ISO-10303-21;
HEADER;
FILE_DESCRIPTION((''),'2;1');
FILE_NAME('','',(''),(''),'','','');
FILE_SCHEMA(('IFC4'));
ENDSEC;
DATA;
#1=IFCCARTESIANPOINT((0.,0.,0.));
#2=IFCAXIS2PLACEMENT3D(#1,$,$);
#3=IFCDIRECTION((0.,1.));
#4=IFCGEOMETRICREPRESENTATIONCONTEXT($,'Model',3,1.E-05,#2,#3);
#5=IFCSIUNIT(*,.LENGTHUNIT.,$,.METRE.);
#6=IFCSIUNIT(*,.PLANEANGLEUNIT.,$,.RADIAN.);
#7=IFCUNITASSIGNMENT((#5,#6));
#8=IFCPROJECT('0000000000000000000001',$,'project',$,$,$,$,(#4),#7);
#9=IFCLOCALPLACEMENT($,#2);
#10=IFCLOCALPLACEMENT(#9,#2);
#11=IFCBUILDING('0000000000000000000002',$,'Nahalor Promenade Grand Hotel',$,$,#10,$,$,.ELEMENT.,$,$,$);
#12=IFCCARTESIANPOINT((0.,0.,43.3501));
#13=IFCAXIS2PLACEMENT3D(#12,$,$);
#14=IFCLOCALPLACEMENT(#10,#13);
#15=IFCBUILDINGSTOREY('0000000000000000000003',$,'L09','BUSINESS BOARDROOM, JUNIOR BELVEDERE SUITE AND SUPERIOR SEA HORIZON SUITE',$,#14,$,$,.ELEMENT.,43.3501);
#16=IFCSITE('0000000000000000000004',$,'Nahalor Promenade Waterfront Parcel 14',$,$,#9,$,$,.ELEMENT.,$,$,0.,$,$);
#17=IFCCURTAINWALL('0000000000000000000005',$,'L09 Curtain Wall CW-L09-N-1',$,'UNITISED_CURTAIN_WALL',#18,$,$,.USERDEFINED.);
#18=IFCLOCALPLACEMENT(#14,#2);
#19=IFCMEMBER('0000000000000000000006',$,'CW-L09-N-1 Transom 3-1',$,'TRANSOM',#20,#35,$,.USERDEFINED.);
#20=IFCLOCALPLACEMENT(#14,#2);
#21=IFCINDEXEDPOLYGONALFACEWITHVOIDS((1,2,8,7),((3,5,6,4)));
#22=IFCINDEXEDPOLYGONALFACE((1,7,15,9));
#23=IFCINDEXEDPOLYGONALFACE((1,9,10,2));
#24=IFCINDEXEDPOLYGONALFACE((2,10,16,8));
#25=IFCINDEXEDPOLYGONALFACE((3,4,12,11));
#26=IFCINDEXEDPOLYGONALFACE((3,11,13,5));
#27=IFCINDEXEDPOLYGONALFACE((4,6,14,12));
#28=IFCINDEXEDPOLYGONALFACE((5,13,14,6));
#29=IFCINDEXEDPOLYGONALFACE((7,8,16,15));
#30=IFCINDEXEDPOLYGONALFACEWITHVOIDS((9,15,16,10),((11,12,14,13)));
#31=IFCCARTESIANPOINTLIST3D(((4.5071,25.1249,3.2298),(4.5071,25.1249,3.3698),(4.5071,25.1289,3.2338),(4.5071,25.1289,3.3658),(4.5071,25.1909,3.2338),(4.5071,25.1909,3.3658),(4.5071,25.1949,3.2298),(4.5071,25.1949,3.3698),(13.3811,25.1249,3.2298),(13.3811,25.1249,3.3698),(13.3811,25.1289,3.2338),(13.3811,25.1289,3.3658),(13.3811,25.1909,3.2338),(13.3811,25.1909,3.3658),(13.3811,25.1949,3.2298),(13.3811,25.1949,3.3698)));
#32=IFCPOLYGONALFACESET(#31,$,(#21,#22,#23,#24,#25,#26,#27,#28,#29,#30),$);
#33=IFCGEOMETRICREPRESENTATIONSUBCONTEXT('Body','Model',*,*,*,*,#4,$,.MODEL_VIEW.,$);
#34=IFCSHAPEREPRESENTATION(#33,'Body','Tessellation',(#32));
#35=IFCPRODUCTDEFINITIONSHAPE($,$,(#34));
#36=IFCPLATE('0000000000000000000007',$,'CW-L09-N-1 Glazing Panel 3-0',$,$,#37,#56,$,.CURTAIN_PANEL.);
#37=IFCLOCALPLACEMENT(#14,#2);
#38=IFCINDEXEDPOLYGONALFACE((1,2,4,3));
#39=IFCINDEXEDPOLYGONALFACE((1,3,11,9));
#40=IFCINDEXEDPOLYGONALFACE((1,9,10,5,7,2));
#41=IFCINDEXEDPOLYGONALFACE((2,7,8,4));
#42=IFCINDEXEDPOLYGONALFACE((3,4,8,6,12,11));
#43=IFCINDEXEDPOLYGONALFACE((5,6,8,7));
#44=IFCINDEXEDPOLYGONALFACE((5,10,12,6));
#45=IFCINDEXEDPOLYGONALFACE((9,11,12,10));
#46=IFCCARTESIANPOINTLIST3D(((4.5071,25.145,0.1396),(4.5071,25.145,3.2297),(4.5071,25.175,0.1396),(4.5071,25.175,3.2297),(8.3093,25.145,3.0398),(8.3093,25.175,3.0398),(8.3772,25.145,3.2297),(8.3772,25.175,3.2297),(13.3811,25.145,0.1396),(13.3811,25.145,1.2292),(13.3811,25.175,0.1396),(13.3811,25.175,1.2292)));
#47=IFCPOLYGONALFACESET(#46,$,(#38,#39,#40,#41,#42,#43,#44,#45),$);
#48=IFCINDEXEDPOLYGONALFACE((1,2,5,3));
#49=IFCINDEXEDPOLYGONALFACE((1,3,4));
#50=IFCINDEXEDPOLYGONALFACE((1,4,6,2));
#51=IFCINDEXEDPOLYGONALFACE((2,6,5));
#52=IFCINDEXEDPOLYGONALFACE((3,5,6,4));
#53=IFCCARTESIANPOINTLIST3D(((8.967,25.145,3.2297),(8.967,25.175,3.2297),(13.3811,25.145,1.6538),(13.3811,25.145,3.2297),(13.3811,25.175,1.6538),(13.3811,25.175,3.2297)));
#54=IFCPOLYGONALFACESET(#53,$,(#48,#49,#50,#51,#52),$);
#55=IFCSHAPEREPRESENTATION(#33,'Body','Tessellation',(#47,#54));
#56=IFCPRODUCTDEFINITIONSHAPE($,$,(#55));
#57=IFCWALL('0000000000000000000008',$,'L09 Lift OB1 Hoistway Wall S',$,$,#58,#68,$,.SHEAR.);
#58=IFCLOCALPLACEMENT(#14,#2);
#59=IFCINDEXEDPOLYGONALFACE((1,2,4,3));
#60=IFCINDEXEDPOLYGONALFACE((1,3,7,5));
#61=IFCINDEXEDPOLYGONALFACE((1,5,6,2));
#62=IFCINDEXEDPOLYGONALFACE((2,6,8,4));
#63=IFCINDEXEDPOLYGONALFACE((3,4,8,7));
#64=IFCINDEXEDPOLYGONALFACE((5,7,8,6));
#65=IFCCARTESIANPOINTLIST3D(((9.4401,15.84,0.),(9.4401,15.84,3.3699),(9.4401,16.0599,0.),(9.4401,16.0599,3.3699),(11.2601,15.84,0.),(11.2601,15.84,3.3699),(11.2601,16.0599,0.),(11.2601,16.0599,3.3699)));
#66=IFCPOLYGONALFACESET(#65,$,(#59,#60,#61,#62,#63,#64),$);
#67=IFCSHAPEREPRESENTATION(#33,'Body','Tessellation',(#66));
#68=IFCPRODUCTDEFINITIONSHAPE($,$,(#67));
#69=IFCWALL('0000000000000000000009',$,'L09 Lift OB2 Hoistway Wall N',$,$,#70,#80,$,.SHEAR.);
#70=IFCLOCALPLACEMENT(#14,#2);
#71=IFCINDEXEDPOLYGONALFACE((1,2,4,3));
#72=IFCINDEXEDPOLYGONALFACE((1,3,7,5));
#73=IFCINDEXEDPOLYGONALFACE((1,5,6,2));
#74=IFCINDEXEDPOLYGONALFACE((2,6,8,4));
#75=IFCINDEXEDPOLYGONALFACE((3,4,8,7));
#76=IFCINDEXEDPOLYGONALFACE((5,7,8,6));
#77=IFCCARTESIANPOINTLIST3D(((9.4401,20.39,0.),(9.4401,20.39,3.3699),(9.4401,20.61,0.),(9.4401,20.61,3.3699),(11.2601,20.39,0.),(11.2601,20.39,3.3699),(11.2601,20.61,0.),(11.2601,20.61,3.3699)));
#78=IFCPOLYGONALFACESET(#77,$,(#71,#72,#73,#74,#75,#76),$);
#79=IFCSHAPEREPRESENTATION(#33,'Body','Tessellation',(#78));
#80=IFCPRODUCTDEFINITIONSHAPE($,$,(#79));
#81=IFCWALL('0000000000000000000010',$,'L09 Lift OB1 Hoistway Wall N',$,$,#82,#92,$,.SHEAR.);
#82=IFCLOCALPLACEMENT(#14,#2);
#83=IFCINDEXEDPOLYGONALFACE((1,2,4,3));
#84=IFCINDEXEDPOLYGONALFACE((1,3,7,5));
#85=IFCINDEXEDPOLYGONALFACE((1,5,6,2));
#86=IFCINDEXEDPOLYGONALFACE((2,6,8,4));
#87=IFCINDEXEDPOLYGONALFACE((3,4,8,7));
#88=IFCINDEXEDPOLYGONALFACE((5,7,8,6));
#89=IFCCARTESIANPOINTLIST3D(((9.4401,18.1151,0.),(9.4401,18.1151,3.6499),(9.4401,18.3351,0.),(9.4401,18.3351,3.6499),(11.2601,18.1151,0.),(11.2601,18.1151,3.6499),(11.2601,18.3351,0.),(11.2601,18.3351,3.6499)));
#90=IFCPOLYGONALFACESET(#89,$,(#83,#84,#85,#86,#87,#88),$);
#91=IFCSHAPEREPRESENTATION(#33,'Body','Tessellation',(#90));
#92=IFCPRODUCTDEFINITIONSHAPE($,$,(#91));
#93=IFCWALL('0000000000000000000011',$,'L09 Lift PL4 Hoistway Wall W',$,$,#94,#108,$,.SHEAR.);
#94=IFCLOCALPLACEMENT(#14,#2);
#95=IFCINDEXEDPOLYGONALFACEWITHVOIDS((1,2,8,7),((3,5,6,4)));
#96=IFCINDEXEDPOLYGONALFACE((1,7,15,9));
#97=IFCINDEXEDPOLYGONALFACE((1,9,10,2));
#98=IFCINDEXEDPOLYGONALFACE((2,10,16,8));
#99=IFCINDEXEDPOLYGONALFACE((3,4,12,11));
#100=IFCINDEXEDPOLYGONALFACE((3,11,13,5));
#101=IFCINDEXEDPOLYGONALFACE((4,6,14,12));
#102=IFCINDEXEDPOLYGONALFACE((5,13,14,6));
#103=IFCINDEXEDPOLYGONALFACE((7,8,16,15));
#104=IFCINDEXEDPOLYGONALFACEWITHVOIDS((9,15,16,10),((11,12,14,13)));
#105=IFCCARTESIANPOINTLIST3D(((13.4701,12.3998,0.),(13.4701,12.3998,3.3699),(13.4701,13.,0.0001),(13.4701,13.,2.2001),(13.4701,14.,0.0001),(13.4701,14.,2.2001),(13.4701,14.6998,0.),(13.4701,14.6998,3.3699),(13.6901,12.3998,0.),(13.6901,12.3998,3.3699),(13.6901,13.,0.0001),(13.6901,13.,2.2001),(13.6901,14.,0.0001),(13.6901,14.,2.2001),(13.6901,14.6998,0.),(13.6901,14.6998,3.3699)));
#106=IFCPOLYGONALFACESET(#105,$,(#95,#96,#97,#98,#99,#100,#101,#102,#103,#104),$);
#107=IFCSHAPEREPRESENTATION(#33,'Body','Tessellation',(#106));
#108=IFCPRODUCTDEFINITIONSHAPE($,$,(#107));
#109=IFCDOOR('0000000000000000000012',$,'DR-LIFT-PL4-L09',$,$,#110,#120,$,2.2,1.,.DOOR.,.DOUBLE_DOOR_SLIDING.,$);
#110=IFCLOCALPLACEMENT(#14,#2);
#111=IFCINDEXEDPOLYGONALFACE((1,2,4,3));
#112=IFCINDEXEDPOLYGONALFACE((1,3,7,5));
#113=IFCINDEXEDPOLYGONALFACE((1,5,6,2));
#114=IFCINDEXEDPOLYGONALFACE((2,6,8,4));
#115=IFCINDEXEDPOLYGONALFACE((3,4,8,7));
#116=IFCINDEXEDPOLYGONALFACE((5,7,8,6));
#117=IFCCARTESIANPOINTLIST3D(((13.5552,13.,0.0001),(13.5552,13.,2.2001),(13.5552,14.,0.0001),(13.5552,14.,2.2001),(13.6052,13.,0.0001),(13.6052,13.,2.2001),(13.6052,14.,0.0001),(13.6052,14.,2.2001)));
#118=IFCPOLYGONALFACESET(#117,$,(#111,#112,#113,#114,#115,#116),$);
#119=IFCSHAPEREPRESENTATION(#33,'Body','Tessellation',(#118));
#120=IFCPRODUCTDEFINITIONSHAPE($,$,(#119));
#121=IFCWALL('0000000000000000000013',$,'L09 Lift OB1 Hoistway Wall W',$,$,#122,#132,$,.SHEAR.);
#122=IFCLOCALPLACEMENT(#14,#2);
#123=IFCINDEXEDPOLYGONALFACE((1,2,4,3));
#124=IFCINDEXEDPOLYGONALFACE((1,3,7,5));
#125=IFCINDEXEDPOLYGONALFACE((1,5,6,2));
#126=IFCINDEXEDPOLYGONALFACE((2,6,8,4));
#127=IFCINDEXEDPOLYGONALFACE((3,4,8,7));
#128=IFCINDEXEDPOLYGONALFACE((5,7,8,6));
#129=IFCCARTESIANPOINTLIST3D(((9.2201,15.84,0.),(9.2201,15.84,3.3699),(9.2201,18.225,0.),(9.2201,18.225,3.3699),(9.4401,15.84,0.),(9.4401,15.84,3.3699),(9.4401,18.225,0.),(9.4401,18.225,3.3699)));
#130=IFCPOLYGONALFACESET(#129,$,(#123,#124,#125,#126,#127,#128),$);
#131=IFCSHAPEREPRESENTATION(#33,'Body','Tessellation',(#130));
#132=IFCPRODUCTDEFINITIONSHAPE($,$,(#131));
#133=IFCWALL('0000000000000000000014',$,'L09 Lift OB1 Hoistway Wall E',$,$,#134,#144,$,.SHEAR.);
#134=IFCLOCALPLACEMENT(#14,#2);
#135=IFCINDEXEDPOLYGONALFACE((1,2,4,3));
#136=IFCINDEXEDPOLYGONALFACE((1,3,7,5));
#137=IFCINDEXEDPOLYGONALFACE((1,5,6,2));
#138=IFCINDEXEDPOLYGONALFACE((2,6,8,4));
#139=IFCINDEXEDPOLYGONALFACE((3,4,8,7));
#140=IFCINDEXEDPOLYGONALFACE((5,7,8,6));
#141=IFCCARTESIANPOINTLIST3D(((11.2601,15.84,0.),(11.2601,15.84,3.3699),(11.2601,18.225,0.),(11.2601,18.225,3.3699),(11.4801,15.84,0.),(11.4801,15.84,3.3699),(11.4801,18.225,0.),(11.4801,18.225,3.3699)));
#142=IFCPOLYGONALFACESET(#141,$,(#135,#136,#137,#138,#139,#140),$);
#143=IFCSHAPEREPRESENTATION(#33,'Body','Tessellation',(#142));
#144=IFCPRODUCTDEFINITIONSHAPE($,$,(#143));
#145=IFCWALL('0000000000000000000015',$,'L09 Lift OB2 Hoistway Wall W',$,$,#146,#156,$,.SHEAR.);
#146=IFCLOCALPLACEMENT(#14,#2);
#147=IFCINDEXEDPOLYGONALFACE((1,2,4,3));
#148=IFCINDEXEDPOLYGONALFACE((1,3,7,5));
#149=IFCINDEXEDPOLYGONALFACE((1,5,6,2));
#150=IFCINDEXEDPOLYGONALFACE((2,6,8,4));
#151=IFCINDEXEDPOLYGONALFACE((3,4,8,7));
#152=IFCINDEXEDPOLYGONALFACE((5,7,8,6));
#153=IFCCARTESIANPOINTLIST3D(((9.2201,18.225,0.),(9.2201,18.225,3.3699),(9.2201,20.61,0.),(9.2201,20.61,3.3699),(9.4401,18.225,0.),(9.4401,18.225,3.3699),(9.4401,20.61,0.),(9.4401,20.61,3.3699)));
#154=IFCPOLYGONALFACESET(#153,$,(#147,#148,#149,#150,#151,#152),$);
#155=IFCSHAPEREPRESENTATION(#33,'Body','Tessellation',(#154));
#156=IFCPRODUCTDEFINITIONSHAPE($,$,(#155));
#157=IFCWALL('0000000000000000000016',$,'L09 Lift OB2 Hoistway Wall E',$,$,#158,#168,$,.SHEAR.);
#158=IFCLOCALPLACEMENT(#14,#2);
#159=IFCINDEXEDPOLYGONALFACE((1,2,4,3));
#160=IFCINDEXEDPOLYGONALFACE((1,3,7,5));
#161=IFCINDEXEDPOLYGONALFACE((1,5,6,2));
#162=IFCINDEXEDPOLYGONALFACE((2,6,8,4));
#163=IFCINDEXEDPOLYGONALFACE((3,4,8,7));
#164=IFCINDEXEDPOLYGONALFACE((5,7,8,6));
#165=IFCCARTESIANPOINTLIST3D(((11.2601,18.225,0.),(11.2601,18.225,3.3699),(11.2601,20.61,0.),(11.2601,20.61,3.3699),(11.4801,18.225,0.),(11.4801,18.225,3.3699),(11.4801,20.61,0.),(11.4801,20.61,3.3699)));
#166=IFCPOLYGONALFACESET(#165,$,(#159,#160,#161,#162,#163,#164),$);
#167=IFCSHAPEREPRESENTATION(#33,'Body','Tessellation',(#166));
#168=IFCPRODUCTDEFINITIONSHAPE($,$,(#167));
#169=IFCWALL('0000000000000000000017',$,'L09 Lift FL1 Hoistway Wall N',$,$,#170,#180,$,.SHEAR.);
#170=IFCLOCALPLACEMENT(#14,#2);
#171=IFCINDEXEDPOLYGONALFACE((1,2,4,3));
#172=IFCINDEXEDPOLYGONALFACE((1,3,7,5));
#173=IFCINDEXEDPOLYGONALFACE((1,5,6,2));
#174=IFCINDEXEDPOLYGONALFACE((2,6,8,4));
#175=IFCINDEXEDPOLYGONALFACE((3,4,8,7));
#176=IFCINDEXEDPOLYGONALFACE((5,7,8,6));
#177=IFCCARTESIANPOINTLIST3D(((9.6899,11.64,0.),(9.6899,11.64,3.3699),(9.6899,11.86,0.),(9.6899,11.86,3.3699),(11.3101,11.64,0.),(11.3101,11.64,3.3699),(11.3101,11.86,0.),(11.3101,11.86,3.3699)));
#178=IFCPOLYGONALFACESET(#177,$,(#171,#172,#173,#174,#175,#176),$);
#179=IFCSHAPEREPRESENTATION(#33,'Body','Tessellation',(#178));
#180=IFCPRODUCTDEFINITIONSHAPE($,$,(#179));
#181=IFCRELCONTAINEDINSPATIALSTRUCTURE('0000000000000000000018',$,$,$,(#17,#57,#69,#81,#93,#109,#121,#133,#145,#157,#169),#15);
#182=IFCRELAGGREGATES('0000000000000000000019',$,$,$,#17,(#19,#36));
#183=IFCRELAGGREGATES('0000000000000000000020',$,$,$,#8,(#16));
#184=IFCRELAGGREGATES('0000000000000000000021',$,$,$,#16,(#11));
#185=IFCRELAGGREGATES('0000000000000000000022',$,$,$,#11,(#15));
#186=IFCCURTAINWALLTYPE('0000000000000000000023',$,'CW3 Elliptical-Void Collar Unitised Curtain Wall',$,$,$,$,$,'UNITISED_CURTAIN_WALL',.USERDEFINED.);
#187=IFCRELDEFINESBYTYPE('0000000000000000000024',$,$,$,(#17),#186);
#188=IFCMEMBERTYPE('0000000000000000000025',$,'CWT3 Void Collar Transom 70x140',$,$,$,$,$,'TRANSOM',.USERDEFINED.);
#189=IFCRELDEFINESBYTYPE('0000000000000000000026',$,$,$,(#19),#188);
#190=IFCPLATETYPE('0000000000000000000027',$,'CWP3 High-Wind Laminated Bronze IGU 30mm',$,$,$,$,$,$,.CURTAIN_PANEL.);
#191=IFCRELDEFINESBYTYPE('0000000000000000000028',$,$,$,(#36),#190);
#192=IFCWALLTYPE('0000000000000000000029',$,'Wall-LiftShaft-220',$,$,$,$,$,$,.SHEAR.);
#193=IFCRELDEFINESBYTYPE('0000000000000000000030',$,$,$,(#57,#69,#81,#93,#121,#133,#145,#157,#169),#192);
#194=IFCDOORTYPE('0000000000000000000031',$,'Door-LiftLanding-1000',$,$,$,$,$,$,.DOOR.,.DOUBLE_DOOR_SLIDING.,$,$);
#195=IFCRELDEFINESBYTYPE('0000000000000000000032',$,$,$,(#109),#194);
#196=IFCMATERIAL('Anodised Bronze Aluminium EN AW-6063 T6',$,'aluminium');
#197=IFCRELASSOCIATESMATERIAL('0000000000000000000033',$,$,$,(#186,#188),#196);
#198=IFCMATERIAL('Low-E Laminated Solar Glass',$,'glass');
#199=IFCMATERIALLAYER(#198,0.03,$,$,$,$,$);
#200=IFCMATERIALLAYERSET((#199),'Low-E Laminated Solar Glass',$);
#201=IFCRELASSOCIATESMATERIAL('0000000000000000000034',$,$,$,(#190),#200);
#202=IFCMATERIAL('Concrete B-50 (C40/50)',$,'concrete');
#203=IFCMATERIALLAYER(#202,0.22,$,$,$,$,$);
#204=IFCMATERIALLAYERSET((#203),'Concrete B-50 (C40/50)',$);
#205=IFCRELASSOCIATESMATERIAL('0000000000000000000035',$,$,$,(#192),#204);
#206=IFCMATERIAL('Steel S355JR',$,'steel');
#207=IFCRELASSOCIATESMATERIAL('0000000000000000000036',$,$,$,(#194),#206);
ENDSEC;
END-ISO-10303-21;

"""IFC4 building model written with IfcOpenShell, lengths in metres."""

from ifc_helpers import new_model, si_unit, direction, frame, frame_2d, origin, origin_2d, place, context, subcontext, project, spatial, polyline, rectangle, hollow_rectangle, outline, extrude, source, transform, mapped, material, layer, layer_set, material_profile, profile_set, type_object, element, fill, aggregate, save


model = new_model("IFC4")

# Units and contexts
model_context = context("Model", 3, precision=1e-05, world=origin(), true_north=direction((0.0, 1.0)))
body_context = subcontext(model_context, "Body", "Model", "MODEL_VIEW")
ifc_project = project(units=[si_unit("LENGTHUNIT", "METRE"), si_unit("PLANEANGLEUNIT", "RADIAN")], contexts=[model_context])

# Site, building, storey
site_placement = place(None, origin())
site = spatial("IfcSite", under=ifc_project, at=site_placement, Name="Nahalor Promenade Waterfront Parcel 14", CompositionType="ELEMENT", RefElevation=0.0)
building_placement = place(site_placement, origin())
building = spatial("IfcBuilding", under=site, at=building_placement, Name="Nahalor Promenade Grand Hotel", CompositionType="ELEMENT")
storey_placement = place(building_placement, frame((0.0, 0.0, 43.3501)))
storey = spatial("IfcBuildingStorey", under=building, at=storey_placement, Name="L09", Description="BUSINESS BOARDROOM, JUNIOR BELVEDERE SUITE AND SUPERIOR SEA HORIZON SUITE", CompositionType="ELEMENT", Elevation=43.3501)

# Shared definitions
ifc_material_1 = material(Name="Steel S355JR", Category="steel")

# Curtain wall, member, plate
ifc_material_2 = material(Name="Anodised Bronze Aluminium EN AW-6063 T6", Category="aluminium")
curtain_wall_type = type_object("IfcCurtainWallType", Name="CW3 Elliptical-Void Collar Unitised Curtain Wall", ElementType="UNITISED_CURTAIN_WALL", PredefinedType="USERDEFINED", material=ifc_material_2)
curtain_wall_placement = place(storey_placement, origin())
curtain_wall = element("IfcCurtainWall", 1, at=curtain_wall_placement, inside=storey, type_object=curtain_wall_type, Name="L09 Curtain Wall CW-L09-N-1", ObjectType="UNITISED_CURTAIN_WALL", PredefinedType="USERDEFINED")
ifc_material_profile_1 = material_profile(ifc_material_2, hollow_rectangle(XDim=0.07, YDim=0.14, WallThickness=0.004, at=origin_2d()), Name="CWT 70x140x4")
ifc_profile_set_1 = profile_set([ifc_material_profile_1], Name="Anodised Bronze Aluminium EN AW-6063 T6")
member_type_1 = type_object("IfcMemberType", Name="CWT3 Void Collar Transom 70x140", ElementType="TRANSOM", PredefinedType="USERDEFINED", material=ifc_profile_set_1)
shared_shape_1 = source(origin(), body_context, "Body", "SweptSolid", [
    extrude(hollow_rectangle(XDim=0.07, YDim=0.14, WallThickness=0.004, at=origin_2d()), origin(), (0.0, 0.0, 1.0), 8.874),
])
member_1_placement = place(storey_placement, frame((4.5071, 25.1599, 3.2998), z_axis=(1.0, 0.0, 0.0), x_axis=(0.0, 1.0, 0.0)))
member_1 = element("IfcMember", 2, at=member_1_placement, type_object=member_type_1, Name="CW-L09-N-1 Transom 3-1", ObjectType="TRANSOM", PredefinedType="USERDEFINED", context=body_context, shape_type="MappedRepresentation", body=[
    mapped(shared_shape_1, transform((0.0, 0.0, 0.0), scale=1.0)),
])
ifc_material_3 = material(Name="Low-E Laminated Solar Glass", Category="glass")
ifc_layer_1 = layer(ifc_material_3, 0.03)
ifc_layer_set_1 = layer_set([ifc_layer_1], Name="Low-E Laminated Solar Glass")
plate_type = type_object("IfcPlateType", Name="CWP3 High-Wind Laminated Bronze IGU 30mm", PredefinedType="CURTAIN_PANEL", material=ifc_layer_set_1)
plate_placement = place(storey_placement, frame((8.9441, 25.1599, 0.1396), z_axis=(0.0, 0.0, 1.0), x_axis=(1.0, 0.0, 0.0)))
plate = element("IfcPlate", 3, at=plate_placement, type_object=plate_type, Name="CW-L09-N-1 Glazing Panel 3-0", PredefinedType="CURTAIN_PANEL", context=body_context, shape_type="SweptSolid", body=[
    extrude(outline(polyline([(-4.437, 0.0), (4.437, 0.0), (4.437, 1.0896), (-0.6348, 2.9001), (-0.5669, 3.0901), (-4.437, 3.0901), (-4.437, 0.0)])), frame((0.0, 0.0151, 0.0), z_axis=(0.0, -1.0, 0.0), x_axis=(1.0, 0.0, 0.0)), (0.0, 0.0, 1.0), 0.03),
    extrude(outline(polyline([(4.437, 1.5142), (4.437, 3.0901), (0.0229, 3.0901), (4.437, 1.5142)])), frame((0.0, 0.0151, 0.0), z_axis=(0.0, -1.0, 0.0), x_axis=(1.0, 0.0, 0.0)), (0.0, 0.0, 1.0), 0.03),
])
aggregate(curtain_wall, [member_1, plate])

# Walls
ifc_material_4 = material(Name="Concrete B-50 (C40/50)", Category="concrete")
ifc_layer_2 = layer(ifc_material_4, 0.22)
ifc_layer_set_2 = layer_set([ifc_layer_2], Name="Concrete B-50 (C40/50)")
wall_type_1 = type_object("IfcWallType", Name="Wall-LiftShaft-220", PredefinedType="SHEAR", material=ifc_layer_set_2)
shared_shape_2 = source(origin(), body_context, "Body", "SweptSolid", [
    extrude(rectangle(XDim=1.8201, YDim=0.22, at=frame_2d((0.9102, 0.0))), origin(), (0.0, 0.0, 1.0), 3.3699),
])
for number, where, z_axis, x_axis, name in (
    (4, (9.4399, 15.95, 0.0), (0.0, 0.0, 1.0), (1.0, 0.0, 0.0), "L09 Lift OB1 Hoistway Wall S"),
    (5, (9.4399, 20.5, 0.0), (0.0, 0.0, 1.0), (1.0, 0.0, 0.0), "L09 Lift OB2 Hoistway Wall N"),
):
    element("IfcWall", number, at=place(storey_placement, frame(where, z_axis=z_axis, x_axis=x_axis)), inside=storey, type_object=wall_type_1, Name=name, PredefinedType="SHEAR", context=body_context, shape_type="MappedRepresentation", body=[
        mapped(shared_shape_2, transform((0.0, 0.0, 0.0), scale=1.0)),
    ])
shared_shape_3 = source(origin(), body_context, "Body", "SweptSolid", [
    extrude(rectangle(XDim=1.8201, YDim=0.22, at=frame_2d((0.9102, 0.0))), origin(), (0.0, 0.0, 1.0), 3.6499),
])
wall_1_placement = place(storey_placement, frame((9.4399, 18.2251, 0.0), z_axis=(0.0, 0.0, 1.0), x_axis=(1.0, 0.0, 0.0)))
element("IfcWall", 6, at=wall_1_placement, inside=storey, type_object=wall_type_1, Name="L09 Lift OB1 Hoistway Wall N", PredefinedType="SHEAR", context=body_context, shape_type="MappedRepresentation", body=[
    mapped(shared_shape_3, transform((0.0, 0.0, 0.0), scale=1.0)),
])

# Wall, opening, door
shared_shape_4 = source(origin(), body_context, "Body", "SweptSolid", [
    extrude(rectangle(XDim=2.3, YDim=0.22, at=frame_2d((1.1499, 0.0))), origin(), (0.0, 0.0, 1.0), 3.3699),
])
wall_2_placement = place(storey_placement, frame((13.5801, 12.3999, 0.0), z_axis=(0.0, 0.0, 1.0), x_axis=(0.0, 1.0, 0.0)))
wall_2 = element("IfcWall", 7, at=wall_2_placement, inside=storey, type_object=wall_type_1, Name="L09 Lift PL4 Hoistway Wall W", PredefinedType="SHEAR", context=body_context, shape_type="MappedRepresentation", body=[
    mapped(shared_shape_4, transform((0.0, 0.0, 0.0), scale=1.0)),
])
opening_1_placement = place(wall_2_placement, frame((0.6001, 0.0, 0.0)))
opening_1 = element("IfcOpeningElement", 8, at=opening_1_placement, cuts=wall_2, PredefinedType="OPENING", context=body_context, shape_type="SweptSolid", body=[
    extrude(rectangle(XDim=1.0, YDim=2.2, at=frame_2d((0.5, 1.1001))), frame((0.0, 0.1199, 0.0), z_axis=(0.0, -1.0, 0.0), x_axis=(1.0, 0.0, 0.0)), (0.0, 0.0, 1.0), 0.24),
])
door_type_1 = type_object("IfcDoorType", Name="Door-LiftLanding-1000", OperationType="DOUBLE_DOOR_SLIDING", PredefinedType="DOOR", material=ifc_material_1)
shared_shape_5 = source(origin(), body_context, "Body", "SweptSolid", [
    extrude(rectangle(XDim=1.0, YDim=2.2, at=frame_2d((0.5, 1.1001))), frame((0.0, 0.0249, 0.0), z_axis=(0.0, -1.0, 0.0), x_axis=(1.0, 0.0, 0.0)), (0.0, 0.0, 1.0), 0.05),
])
door_1_placement = place(opening_1_placement, origin())
door_1 = element("IfcDoor", 9, at=door_1_placement, inside=storey, type_object=door_type_1, Name="DR-LIFT-PL4-L09", OperationType="DOUBLE_DOOR_SLIDING", OverallHeight=2.2, OverallWidth=1.0, PredefinedType="DOOR", context=body_context, shape_type="MappedRepresentation", body=[
    mapped(shared_shape_5, transform((0.0, 0.0, 0.0), scale=1.0)),
])
fill(opening_1, door_1)

# Walls
shared_shape_6 = source(origin(), body_context, "Body", "SweptSolid", [
    extrude(rectangle(XDim=2.385, YDim=0.22, at=frame_2d((1.1924, 0.0))), origin(), (0.0, 0.0, 1.0), 3.3699),
])
for number, where, z_axis, x_axis, name in (
    (10, (9.3301, 15.8401, 0.0), (0.0, 0.0, 1.0), (0.0, 1.0, 0.0), "L09 Lift OB1 Hoistway Wall W"),
    (11, (11.3701, 15.8401, 0.0), (0.0, 0.0, 1.0), (0.0, 1.0, 0.0), "L09 Lift OB1 Hoistway Wall E"),
    (12, (9.3301, 18.2251, 0.0), (0.0, 0.0, 1.0), (0.0, 1.0, 0.0), "L09 Lift OB2 Hoistway Wall W"),
    (13, (11.3701, 18.2251, 0.0), (0.0, 0.0, 1.0), (0.0, 1.0, 0.0), "L09 Lift OB2 Hoistway Wall E"),
):
    element("IfcWall", number, at=place(storey_placement, frame(where, z_axis=z_axis, x_axis=x_axis)), inside=storey, type_object=wall_type_1, Name=name, PredefinedType="SHEAR", context=body_context, shape_type="MappedRepresentation", body=[
        mapped(shared_shape_6, transform((0.0, 0.0, 0.0), scale=1.0)),
    ])
shared_shape_7 = source(origin(), body_context, "Body", "SweptSolid", [
    extrude(rectangle(XDim=1.6201, YDim=0.22, at=frame_2d((0.8101, 0.0))), origin(), (0.0, 0.0, 1.0), 3.3699),
])
wall_3_placement = place(storey_placement, frame((9.6899, 11.75, 0.0), z_axis=(0.0, 0.0, 1.0), x_axis=(1.0, 0.0, 0.0)))
element("IfcWall", 14, at=wall_3_placement, inside=storey, type_object=wall_type_1, Name="L09 Lift FL1 Hoistway Wall N", PredefinedType="SHEAR", context=body_context, shape_type="MappedRepresentation", body=[
    mapped(shared_shape_7, transform((0.0, 0.0, 0.0), scale=1.0)),
])

save(model, "model.ifc")
